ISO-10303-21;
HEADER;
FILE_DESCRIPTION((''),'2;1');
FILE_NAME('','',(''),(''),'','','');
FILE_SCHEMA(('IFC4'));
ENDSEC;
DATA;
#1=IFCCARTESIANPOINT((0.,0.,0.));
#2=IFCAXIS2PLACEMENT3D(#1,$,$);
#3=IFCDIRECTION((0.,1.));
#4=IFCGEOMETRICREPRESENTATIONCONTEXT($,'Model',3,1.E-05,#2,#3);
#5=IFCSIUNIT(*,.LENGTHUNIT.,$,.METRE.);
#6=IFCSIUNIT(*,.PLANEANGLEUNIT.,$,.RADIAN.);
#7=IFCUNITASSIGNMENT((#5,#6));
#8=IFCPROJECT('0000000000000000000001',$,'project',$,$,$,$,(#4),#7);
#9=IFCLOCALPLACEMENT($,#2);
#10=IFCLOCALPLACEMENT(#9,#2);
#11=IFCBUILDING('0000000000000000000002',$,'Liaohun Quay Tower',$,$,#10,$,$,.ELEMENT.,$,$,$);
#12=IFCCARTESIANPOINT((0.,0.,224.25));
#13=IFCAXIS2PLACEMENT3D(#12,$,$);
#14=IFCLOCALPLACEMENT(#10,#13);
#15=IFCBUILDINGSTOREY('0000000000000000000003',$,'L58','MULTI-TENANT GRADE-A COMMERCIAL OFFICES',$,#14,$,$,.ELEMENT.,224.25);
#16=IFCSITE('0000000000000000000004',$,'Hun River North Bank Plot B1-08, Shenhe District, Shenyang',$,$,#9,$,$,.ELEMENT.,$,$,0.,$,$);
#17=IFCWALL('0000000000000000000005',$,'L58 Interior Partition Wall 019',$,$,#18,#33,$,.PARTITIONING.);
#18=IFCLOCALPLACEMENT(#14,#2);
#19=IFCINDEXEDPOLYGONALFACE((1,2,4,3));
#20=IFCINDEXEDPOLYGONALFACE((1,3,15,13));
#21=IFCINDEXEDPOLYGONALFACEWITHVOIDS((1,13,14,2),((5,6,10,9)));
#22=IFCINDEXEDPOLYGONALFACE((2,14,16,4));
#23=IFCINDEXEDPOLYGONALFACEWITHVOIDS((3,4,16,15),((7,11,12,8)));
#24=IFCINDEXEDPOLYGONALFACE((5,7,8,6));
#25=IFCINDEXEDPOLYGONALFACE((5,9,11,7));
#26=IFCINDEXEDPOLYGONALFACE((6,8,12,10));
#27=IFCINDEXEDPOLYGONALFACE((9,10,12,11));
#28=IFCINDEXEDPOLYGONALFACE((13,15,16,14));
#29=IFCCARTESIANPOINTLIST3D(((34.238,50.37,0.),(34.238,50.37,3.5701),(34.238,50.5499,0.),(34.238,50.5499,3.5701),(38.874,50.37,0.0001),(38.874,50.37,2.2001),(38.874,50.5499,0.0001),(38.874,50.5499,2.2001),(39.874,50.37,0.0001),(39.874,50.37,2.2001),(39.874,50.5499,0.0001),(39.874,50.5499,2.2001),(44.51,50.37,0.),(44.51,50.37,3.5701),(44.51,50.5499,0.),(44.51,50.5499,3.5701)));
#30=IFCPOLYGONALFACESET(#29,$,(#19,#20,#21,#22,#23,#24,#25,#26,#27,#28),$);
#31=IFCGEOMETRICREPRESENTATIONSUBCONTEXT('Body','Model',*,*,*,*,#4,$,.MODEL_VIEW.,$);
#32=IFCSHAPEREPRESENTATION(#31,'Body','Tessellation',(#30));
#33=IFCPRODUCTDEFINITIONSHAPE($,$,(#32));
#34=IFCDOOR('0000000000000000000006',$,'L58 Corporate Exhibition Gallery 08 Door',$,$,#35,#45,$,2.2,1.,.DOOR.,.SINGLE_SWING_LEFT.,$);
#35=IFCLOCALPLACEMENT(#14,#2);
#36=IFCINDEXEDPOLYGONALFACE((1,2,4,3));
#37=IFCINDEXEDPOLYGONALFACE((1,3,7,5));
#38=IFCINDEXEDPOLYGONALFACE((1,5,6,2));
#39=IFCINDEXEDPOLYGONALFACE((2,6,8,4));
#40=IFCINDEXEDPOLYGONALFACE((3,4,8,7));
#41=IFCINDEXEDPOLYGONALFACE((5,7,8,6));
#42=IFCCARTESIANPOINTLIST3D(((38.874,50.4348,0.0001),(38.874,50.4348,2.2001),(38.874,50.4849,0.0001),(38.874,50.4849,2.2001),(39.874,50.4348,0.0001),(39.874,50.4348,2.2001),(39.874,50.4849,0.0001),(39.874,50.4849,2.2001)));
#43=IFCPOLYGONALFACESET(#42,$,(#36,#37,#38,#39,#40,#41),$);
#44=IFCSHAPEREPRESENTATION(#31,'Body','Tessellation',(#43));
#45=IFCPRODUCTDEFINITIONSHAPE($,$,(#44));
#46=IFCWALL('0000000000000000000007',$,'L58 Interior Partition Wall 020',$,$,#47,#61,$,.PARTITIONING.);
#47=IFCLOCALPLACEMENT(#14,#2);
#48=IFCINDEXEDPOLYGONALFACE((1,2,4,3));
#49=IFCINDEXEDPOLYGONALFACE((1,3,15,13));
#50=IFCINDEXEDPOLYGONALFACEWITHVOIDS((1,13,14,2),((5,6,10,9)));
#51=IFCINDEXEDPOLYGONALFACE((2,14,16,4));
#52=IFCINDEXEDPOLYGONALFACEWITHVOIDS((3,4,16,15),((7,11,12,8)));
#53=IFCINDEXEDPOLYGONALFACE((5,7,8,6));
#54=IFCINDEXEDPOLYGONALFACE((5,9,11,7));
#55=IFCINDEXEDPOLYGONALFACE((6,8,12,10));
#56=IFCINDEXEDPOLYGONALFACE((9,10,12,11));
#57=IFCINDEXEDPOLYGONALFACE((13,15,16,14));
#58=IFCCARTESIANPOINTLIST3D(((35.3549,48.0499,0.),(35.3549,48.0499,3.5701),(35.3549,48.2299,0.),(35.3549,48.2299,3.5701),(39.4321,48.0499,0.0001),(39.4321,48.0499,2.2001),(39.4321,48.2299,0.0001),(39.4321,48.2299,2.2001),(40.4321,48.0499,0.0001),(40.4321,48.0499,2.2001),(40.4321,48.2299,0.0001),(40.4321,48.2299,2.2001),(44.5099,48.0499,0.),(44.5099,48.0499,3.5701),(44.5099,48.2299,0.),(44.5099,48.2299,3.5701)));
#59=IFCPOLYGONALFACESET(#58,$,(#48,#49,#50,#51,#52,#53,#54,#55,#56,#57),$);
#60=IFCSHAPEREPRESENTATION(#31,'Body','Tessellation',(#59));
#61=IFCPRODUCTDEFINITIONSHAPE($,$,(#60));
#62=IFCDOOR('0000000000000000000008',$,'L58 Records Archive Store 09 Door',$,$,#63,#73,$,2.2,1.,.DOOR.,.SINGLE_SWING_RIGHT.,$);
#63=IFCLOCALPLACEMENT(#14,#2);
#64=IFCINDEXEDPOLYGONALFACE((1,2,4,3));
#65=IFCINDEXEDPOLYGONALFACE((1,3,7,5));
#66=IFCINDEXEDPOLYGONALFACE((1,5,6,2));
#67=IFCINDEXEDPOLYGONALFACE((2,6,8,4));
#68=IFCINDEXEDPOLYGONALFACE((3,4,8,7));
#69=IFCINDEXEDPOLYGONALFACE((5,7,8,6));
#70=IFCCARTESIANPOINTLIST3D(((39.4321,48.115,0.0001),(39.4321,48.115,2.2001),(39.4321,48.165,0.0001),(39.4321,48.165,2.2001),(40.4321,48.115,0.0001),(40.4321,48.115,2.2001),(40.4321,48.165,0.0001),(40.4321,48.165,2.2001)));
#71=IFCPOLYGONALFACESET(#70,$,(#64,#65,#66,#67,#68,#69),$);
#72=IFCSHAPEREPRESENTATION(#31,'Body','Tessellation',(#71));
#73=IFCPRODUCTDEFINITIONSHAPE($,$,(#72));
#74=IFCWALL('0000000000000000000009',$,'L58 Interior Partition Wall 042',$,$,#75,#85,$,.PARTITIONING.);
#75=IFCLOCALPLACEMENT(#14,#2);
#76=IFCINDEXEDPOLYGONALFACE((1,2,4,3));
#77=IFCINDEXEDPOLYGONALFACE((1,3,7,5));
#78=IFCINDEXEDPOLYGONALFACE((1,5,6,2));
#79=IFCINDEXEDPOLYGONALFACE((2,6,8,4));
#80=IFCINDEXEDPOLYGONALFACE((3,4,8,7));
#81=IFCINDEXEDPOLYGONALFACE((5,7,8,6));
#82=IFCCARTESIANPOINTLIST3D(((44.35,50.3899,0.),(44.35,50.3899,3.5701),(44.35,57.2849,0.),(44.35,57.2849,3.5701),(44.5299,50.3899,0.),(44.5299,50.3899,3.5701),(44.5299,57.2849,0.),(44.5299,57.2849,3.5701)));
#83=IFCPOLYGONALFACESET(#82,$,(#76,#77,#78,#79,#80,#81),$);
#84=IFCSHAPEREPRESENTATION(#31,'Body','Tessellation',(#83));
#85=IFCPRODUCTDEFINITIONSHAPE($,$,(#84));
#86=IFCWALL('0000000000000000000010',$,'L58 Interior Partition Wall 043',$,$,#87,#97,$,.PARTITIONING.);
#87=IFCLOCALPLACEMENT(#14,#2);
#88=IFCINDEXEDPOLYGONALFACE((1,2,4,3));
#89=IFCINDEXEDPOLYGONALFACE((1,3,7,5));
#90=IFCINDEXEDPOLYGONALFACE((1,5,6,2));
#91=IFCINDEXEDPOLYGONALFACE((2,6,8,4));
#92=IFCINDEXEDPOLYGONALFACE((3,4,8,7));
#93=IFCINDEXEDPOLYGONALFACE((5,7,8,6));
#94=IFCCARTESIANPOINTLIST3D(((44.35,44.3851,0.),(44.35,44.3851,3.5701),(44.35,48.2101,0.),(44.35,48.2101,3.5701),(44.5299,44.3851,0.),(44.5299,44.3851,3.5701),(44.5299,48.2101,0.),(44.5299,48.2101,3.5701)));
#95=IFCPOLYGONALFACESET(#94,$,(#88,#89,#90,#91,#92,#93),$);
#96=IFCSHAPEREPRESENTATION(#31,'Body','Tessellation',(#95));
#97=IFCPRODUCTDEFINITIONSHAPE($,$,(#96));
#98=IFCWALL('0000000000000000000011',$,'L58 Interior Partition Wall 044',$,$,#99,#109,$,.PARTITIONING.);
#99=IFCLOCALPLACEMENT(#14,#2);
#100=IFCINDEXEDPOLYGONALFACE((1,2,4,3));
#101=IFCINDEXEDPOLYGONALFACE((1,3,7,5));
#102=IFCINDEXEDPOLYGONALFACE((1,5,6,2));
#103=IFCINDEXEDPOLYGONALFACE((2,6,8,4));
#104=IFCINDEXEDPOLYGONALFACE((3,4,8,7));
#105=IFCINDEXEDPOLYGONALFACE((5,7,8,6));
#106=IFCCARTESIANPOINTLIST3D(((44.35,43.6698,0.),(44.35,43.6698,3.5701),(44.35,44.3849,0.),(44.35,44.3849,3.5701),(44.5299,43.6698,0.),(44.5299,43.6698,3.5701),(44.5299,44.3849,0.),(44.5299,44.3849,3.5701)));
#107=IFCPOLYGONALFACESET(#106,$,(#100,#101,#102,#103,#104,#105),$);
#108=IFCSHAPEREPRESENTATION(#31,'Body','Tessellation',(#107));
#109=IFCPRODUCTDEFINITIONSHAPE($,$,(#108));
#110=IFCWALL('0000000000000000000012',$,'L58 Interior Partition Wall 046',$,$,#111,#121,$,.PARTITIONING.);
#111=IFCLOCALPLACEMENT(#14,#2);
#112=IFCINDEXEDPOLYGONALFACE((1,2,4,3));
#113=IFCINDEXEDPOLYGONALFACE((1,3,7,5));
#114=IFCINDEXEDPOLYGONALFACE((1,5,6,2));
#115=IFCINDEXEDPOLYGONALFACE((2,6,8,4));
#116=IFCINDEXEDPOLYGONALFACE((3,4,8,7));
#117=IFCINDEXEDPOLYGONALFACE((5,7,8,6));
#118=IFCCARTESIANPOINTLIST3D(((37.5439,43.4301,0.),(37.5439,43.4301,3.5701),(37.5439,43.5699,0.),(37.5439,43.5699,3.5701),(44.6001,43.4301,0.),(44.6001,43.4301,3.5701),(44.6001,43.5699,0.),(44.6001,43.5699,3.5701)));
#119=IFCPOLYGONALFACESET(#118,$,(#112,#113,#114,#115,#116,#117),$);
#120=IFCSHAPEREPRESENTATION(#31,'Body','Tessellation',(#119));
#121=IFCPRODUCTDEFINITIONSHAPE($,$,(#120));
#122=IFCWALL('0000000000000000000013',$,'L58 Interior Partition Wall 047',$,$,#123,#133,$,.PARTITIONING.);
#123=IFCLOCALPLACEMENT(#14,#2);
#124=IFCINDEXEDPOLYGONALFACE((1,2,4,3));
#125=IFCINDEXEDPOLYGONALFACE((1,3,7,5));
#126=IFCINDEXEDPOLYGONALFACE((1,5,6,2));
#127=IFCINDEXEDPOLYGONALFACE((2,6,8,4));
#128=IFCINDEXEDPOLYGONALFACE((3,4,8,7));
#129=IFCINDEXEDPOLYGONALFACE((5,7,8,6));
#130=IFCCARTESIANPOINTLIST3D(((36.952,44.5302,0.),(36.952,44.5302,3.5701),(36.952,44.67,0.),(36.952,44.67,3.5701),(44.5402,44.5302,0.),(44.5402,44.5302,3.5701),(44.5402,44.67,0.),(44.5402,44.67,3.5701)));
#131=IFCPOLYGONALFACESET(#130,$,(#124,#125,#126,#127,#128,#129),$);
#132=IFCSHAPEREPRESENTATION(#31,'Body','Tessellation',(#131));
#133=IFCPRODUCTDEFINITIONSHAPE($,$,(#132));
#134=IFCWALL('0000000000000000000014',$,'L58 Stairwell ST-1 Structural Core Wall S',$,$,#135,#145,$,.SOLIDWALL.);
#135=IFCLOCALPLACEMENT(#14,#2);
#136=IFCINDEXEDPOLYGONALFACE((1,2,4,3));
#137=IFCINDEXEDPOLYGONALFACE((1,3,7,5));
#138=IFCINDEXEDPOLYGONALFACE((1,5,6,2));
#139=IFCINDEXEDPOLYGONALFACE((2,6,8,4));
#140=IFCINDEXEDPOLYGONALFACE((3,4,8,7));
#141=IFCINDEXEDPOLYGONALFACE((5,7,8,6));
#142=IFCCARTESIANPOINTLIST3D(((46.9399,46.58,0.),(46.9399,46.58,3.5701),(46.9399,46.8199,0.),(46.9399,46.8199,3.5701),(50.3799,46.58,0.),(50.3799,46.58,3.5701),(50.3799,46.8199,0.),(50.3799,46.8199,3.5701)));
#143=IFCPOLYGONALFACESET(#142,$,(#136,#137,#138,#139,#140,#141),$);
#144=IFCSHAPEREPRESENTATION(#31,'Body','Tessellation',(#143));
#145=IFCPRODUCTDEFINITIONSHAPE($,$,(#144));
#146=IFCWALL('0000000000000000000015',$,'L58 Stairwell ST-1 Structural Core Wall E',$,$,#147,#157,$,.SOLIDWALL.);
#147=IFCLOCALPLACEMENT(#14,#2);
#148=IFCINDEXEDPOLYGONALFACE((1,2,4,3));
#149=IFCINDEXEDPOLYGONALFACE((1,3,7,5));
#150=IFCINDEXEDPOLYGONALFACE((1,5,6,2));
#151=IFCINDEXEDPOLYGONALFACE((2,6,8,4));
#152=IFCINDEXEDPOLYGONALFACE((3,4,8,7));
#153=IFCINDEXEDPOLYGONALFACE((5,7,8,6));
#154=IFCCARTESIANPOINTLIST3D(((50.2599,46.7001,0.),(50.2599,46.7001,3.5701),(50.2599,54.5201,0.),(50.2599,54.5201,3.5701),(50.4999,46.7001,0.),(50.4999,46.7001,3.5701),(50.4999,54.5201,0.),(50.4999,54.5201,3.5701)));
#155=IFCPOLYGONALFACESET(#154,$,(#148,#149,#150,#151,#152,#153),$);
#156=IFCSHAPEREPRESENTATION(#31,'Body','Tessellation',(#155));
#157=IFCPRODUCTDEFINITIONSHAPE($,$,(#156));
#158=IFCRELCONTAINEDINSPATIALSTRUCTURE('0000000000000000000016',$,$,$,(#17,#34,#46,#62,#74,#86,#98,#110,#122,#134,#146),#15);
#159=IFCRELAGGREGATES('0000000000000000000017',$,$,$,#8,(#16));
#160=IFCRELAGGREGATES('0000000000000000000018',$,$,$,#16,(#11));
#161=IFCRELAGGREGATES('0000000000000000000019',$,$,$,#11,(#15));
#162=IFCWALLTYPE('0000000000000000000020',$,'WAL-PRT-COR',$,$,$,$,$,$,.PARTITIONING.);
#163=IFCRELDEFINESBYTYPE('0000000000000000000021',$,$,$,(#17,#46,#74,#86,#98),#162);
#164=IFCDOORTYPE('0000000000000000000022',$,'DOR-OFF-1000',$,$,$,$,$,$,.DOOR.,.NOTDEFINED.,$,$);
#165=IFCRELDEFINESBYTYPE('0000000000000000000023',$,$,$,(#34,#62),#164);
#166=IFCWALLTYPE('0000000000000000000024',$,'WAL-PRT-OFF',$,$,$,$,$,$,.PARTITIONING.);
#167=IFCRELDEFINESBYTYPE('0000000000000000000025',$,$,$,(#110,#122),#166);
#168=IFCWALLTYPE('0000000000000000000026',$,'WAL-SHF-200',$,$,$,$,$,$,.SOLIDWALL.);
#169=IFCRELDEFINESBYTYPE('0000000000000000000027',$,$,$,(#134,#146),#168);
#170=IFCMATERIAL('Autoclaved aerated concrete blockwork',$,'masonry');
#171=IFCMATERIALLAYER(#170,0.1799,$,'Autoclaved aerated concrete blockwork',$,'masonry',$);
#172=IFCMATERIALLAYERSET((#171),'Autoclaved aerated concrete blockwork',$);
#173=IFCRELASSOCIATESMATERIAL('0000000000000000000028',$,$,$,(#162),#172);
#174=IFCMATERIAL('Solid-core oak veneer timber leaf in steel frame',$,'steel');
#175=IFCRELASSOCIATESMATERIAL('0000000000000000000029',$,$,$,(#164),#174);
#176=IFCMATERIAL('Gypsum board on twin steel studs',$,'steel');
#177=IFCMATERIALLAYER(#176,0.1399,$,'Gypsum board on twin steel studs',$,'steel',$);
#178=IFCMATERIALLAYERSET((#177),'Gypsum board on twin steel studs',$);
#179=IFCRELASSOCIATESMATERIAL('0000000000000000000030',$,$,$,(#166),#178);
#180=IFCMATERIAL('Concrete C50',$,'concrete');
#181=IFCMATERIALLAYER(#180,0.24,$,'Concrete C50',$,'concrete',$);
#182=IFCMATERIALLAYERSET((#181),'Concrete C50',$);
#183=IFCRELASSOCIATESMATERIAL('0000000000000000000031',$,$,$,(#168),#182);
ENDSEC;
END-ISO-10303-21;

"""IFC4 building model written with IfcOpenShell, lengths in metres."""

from ifc_helpers import new_model, si_unit, direction, frame, frame_2d, origin, place, context, subcontext, project, spatial, rectangle, extrude, source, transform, mapped, material, layer, layer_set, type_object, element, fill, save


model = new_model("IFC4")

# Units and contexts
model_context = context("Model", 3, precision=1e-05, world=origin(), true_north=direction((0.0, 1.0)))
body_context = subcontext(model_context, "Body", "Model", "MODEL_VIEW")
ifc_project = project(units=[si_unit("LENGTHUNIT", "METRE"), si_unit("PLANEANGLEUNIT", "RADIAN")], contexts=[model_context])

# Site, building, storey
site_placement = place(None, origin())
site = spatial("IfcSite", under=ifc_project, at=site_placement, Name="Hun River North Bank Plot B1-08, Shenhe District, Shenyang", CompositionType="ELEMENT", RefElevation=0.0)
building_placement = place(site_placement, origin())
building = spatial("IfcBuilding", under=site, at=building_placement, Name="Liaohun Quay Tower", CompositionType="ELEMENT")
storey_placement = place(building_placement, frame((0.0, 0.0, 224.25)))
storey = spatial("IfcBuildingStorey", under=building, at=storey_placement, Name="L58", Description="MULTI-TENANT GRADE-A COMMERCIAL OFFICES", CompositionType="ELEMENT", Elevation=224.25)

# Walls, openings, doors
ifc_material_1 = material(Name="Autoclaved aerated concrete blockwork", Category="masonry")
ifc_layer_1 = layer(ifc_material_1, 0.1799, Name="Autoclaved aerated concrete blockwork", Category="masonry")
ifc_layer_set_1 = layer_set([ifc_layer_1], Name="Autoclaved aerated concrete blockwork")
wall_type_1 = type_object("IfcWallType", Name="WAL-PRT-COR", PredefinedType="PARTITIONING", material=ifc_layer_set_1)
wall_1_placement = place(storey_placement, frame((34.238, 50.46, 0.0), z_axis=(0.0, 0.0, 1.0), x_axis=(1.0, 0.0, 0.0)))
wall_1 = element("IfcWall", 1, at=wall_1_placement, inside=storey, type_object=wall_type_1, Name="L58 Interior Partition Wall 019", PredefinedType="PARTITIONING", context=body_context, shape_type="SweptSolid", body=[
    extrude(rectangle(XDim=10.272, YDim=0.1799, at=frame_2d((5.136, 0.0))), origin(), (0.0, 0.0, 1.0), 3.5701),
])
shared_shape_1 = source(origin(), body_context, "Body", "SweptSolid", [
    extrude(rectangle(XDim=1.0, YDim=2.2, at=frame_2d((0.5, 1.1001))), frame((0.0, 0.0999, 0.0), z_axis=(0.0, -1.0, 0.0), x_axis=(1.0, 0.0, 0.0)), (0.0, 0.0, 1.0), 0.2),
])
opening_1_placement = place(wall_1_placement, frame((4.636, 0.0, 0.0)))
opening_1 = element("IfcOpeningElement", 2, at=opening_1_placement, cuts=wall_1, PredefinedType="OPENING", context=body_context, shape_type="MappedRepresentation", body=[
    mapped(shared_shape_1, transform((0.0, 0.0, 0.0), x_axis=(1.0, 0.0, 0.0), y_axis=(0.0, 1.0, 0.0), z_axis=(0.0, 0.0, 1.0), scale=1.0)),
])
ifc_material_2 = material(Name="Solid-core oak veneer timber leaf in steel frame", Category="steel")
door_type = type_object("IfcDoorType", Name="DOR-OFF-1000", OperationType="NOTDEFINED", PredefinedType="DOOR", material=ifc_material_2)
shared_shape_2 = source(origin(), body_context, "Body", "SweptSolid", [
    extrude(rectangle(XDim=1.0, YDim=2.2, at=frame_2d((0.5, 1.1001))), frame((0.0, 0.0249, 0.0), z_axis=(0.0, -1.0, 0.0), x_axis=(1.0, 0.0, 0.0)), (0.0, 0.0, 1.0), 0.05),
])
door_1_placement = place(opening_1_placement, origin())
door_1 = element("IfcDoor", 3, at=door_1_placement, inside=storey, type_object=door_type, Name="L58 Corporate Exhibition Gallery 08 Door", OperationType="SINGLE_SWING_LEFT", OverallHeight=2.2, OverallWidth=1.0, PredefinedType="DOOR", context=body_context, shape_type="MappedRepresentation", body=[
    mapped(shared_shape_2, transform((0.0, 0.0, 0.0), x_axis=(1.0, 0.0, 0.0), y_axis=(0.0, 1.0, 0.0), z_axis=(0.0, 0.0, 1.0), scale=1.0)),
])
fill(opening_1, door_1)
wall_2_placement = place(storey_placement, frame((44.51, 48.1399, 0.0), z_axis=(0.0, 0.0, 1.0), x_axis=(-1.0, 0.0, 0.0)))
wall_2 = element("IfcWall", 4, at=wall_2_placement, inside=storey, type_object=wall_type_1, Name="L58 Interior Partition Wall 020", PredefinedType="PARTITIONING", context=body_context, shape_type="SweptSolid", body=[
    extrude(rectangle(XDim=9.155, YDim=0.1799, at=frame_2d((4.5776, 0.0))), origin(), (0.0, 0.0, 1.0), 3.5701),
])
opening_2_placement = place(wall_2_placement, frame((4.0779, 0.0, 0.0)))
opening_2 = element("IfcOpeningElement", 5, at=opening_2_placement, cuts=wall_2, PredefinedType="OPENING", context=body_context, shape_type="MappedRepresentation", body=[
    mapped(shared_shape_1, transform((0.0, 0.0, 0.0), x_axis=(1.0, 0.0, 0.0), y_axis=(0.0, 1.0, 0.0), z_axis=(0.0, 0.0, 1.0), scale=1.0)),
])
door_2_placement = place(opening_2_placement, origin())
door_2 = element("IfcDoor", 6, at=door_2_placement, inside=storey, type_object=door_type, Name="L58 Records Archive Store 09 Door", OperationType="SINGLE_SWING_RIGHT", OverallHeight=2.2, OverallWidth=1.0, PredefinedType="DOOR", context=body_context, shape_type="MappedRepresentation", body=[
    mapped(shared_shape_2, transform((0.0, 0.0, 0.0), x_axis=(1.0, 0.0, 0.0), y_axis=(0.0, 1.0, 0.0), z_axis=(0.0, 0.0, 1.0), scale=1.0)),
])
fill(opening_2, door_2)

# Walls
wall_3_placement = place(storey_placement, frame((44.4399, 50.3899, 0.0), z_axis=(0.0, 0.0, 1.0), x_axis=(0.0, 1.0, 0.0)))
element("IfcWall", 7, at=wall_3_placement, inside=storey, type_object=wall_type_1, Name="L58 Interior Partition Wall 042", PredefinedType="PARTITIONING", context=body_context, shape_type="SweptSolid", body=[
    extrude(rectangle(XDim=6.895, YDim=0.1799, at=frame_2d((3.4475, 0.0))), origin(), (0.0, 0.0, 1.0), 3.5701),
])
wall_4_placement = place(storey_placement, frame((44.4399, 44.385, 0.0), z_axis=(0.0, 0.0, 1.0), x_axis=(0.0, 1.0, 0.0)))
element("IfcWall", 8, at=wall_4_placement, inside=storey, type_object=wall_type_1, Name="L58 Interior Partition Wall 043", PredefinedType="PARTITIONING", context=body_context, shape_type="SweptSolid", body=[
    extrude(rectangle(XDim=3.825, YDim=0.1799, at=frame_2d((1.9126, 0.0))), origin(), (0.0, 0.0, 1.0), 3.5701),
])
wall_5_placement = place(storey_placement, frame((44.4399, 43.6699, 0.0), z_axis=(0.0, 0.0, 1.0), x_axis=(0.0, 1.0, 0.0)))
element("IfcWall", 9, at=wall_5_placement, inside=storey, type_object=wall_type_1, Name="L58 Interior Partition Wall 044", PredefinedType="PARTITIONING", context=body_context, shape_type="SweptSolid", body=[
    extrude(rectangle(XDim=0.7151, YDim=0.1799, at=frame_2d((0.3574, 0.0))), origin(), (0.0, 0.0, 1.0), 3.5701),
])
ifc_material_3 = material(Name="Gypsum board on twin steel studs", Category="steel")
ifc_layer_2 = layer(ifc_material_3, 0.1399, Name="Gypsum board on twin steel studs", Category="steel")
ifc_layer_set_2 = layer_set([ifc_layer_2], Name="Gypsum board on twin steel studs")
wall_type_2 = type_object("IfcWallType", Name="WAL-PRT-OFF", PredefinedType="PARTITIONING", material=ifc_layer_set_2)
wall_6_placement = place(storey_placement, frame((44.6001, 43.5, 0.0), z_axis=(0.0, 0.0, 1.0), x_axis=(-1.0, 0.0, 0.0)))
element("IfcWall", 10, at=wall_6_placement, inside=storey, type_object=wall_type_2, Name="L58 Interior Partition Wall 046", PredefinedType="PARTITIONING", context=body_context, shape_type="SweptSolid", body=[
    extrude(rectangle(XDim=7.0562, YDim=0.1399, at=frame_2d((3.5281, 0.0))), origin(), (0.0, 0.0, 1.0), 3.5701),
])
wall_7_placement = place(storey_placement, frame((44.54, 44.6001, 0.0), z_axis=(0.0, 0.0, 1.0), x_axis=(-1.0, 0.0, 0.0)))
element("IfcWall", 11, at=wall_7_placement, inside=storey, type_object=wall_type_2, Name="L58 Interior Partition Wall 047", PredefinedType="PARTITIONING", context=body_context, shape_type="SweptSolid", body=[
    extrude(rectangle(XDim=7.5881, YDim=0.1399, at=frame_2d((3.7939, 0.0))), origin(), (0.0, 0.0, 1.0), 3.5701),
])
ifc_material_4 = material(Name="Concrete C50", Category="concrete")
ifc_layer_3 = layer(ifc_material_4, 0.24, Name="Concrete C50", Category="concrete")
ifc_layer_set_3 = layer_set([ifc_layer_3], Name="Concrete C50")
wall_type_3 = type_object("IfcWallType", Name="WAL-SHF-200", PredefinedType="SOLIDWALL", material=ifc_layer_set_3)
wall_8_placement = place(storey_placement, frame((46.9399, 46.7, 0.0), z_axis=(0.0, 0.0, 1.0), x_axis=(1.0, 0.0, 0.0)))
element("IfcWall", 12, at=wall_8_placement, inside=storey, type_object=wall_type_3, Name="L58 Stairwell ST-1 Structural Core Wall S", PredefinedType="SOLIDWALL", context=body_context, shape_type="SweptSolid", body=[
    extrude(rectangle(XDim=3.4399, YDim=0.24, at=frame_2d((1.72, 0.0))), origin(), (0.0, 0.0, 1.0), 3.5701),
])
wall_9_placement = place(storey_placement, frame((50.3799, 46.7, 0.0), z_axis=(0.0, 0.0, 1.0), x_axis=(0.0, 1.0, 0.0)))
element("IfcWall", 13, at=wall_9_placement, inside=storey, type_object=wall_type_3, Name="L58 Stairwell ST-1 Structural Core Wall E", PredefinedType="SOLIDWALL", context=body_context, shape_type="SweptSolid", body=[
    extrude(rectangle(XDim=7.8201, YDim=0.24, at=frame_2d((3.9102, 0.0))), origin(), (0.0, 0.0, 1.0), 3.5701),
])

save(model, "model.ifc")
